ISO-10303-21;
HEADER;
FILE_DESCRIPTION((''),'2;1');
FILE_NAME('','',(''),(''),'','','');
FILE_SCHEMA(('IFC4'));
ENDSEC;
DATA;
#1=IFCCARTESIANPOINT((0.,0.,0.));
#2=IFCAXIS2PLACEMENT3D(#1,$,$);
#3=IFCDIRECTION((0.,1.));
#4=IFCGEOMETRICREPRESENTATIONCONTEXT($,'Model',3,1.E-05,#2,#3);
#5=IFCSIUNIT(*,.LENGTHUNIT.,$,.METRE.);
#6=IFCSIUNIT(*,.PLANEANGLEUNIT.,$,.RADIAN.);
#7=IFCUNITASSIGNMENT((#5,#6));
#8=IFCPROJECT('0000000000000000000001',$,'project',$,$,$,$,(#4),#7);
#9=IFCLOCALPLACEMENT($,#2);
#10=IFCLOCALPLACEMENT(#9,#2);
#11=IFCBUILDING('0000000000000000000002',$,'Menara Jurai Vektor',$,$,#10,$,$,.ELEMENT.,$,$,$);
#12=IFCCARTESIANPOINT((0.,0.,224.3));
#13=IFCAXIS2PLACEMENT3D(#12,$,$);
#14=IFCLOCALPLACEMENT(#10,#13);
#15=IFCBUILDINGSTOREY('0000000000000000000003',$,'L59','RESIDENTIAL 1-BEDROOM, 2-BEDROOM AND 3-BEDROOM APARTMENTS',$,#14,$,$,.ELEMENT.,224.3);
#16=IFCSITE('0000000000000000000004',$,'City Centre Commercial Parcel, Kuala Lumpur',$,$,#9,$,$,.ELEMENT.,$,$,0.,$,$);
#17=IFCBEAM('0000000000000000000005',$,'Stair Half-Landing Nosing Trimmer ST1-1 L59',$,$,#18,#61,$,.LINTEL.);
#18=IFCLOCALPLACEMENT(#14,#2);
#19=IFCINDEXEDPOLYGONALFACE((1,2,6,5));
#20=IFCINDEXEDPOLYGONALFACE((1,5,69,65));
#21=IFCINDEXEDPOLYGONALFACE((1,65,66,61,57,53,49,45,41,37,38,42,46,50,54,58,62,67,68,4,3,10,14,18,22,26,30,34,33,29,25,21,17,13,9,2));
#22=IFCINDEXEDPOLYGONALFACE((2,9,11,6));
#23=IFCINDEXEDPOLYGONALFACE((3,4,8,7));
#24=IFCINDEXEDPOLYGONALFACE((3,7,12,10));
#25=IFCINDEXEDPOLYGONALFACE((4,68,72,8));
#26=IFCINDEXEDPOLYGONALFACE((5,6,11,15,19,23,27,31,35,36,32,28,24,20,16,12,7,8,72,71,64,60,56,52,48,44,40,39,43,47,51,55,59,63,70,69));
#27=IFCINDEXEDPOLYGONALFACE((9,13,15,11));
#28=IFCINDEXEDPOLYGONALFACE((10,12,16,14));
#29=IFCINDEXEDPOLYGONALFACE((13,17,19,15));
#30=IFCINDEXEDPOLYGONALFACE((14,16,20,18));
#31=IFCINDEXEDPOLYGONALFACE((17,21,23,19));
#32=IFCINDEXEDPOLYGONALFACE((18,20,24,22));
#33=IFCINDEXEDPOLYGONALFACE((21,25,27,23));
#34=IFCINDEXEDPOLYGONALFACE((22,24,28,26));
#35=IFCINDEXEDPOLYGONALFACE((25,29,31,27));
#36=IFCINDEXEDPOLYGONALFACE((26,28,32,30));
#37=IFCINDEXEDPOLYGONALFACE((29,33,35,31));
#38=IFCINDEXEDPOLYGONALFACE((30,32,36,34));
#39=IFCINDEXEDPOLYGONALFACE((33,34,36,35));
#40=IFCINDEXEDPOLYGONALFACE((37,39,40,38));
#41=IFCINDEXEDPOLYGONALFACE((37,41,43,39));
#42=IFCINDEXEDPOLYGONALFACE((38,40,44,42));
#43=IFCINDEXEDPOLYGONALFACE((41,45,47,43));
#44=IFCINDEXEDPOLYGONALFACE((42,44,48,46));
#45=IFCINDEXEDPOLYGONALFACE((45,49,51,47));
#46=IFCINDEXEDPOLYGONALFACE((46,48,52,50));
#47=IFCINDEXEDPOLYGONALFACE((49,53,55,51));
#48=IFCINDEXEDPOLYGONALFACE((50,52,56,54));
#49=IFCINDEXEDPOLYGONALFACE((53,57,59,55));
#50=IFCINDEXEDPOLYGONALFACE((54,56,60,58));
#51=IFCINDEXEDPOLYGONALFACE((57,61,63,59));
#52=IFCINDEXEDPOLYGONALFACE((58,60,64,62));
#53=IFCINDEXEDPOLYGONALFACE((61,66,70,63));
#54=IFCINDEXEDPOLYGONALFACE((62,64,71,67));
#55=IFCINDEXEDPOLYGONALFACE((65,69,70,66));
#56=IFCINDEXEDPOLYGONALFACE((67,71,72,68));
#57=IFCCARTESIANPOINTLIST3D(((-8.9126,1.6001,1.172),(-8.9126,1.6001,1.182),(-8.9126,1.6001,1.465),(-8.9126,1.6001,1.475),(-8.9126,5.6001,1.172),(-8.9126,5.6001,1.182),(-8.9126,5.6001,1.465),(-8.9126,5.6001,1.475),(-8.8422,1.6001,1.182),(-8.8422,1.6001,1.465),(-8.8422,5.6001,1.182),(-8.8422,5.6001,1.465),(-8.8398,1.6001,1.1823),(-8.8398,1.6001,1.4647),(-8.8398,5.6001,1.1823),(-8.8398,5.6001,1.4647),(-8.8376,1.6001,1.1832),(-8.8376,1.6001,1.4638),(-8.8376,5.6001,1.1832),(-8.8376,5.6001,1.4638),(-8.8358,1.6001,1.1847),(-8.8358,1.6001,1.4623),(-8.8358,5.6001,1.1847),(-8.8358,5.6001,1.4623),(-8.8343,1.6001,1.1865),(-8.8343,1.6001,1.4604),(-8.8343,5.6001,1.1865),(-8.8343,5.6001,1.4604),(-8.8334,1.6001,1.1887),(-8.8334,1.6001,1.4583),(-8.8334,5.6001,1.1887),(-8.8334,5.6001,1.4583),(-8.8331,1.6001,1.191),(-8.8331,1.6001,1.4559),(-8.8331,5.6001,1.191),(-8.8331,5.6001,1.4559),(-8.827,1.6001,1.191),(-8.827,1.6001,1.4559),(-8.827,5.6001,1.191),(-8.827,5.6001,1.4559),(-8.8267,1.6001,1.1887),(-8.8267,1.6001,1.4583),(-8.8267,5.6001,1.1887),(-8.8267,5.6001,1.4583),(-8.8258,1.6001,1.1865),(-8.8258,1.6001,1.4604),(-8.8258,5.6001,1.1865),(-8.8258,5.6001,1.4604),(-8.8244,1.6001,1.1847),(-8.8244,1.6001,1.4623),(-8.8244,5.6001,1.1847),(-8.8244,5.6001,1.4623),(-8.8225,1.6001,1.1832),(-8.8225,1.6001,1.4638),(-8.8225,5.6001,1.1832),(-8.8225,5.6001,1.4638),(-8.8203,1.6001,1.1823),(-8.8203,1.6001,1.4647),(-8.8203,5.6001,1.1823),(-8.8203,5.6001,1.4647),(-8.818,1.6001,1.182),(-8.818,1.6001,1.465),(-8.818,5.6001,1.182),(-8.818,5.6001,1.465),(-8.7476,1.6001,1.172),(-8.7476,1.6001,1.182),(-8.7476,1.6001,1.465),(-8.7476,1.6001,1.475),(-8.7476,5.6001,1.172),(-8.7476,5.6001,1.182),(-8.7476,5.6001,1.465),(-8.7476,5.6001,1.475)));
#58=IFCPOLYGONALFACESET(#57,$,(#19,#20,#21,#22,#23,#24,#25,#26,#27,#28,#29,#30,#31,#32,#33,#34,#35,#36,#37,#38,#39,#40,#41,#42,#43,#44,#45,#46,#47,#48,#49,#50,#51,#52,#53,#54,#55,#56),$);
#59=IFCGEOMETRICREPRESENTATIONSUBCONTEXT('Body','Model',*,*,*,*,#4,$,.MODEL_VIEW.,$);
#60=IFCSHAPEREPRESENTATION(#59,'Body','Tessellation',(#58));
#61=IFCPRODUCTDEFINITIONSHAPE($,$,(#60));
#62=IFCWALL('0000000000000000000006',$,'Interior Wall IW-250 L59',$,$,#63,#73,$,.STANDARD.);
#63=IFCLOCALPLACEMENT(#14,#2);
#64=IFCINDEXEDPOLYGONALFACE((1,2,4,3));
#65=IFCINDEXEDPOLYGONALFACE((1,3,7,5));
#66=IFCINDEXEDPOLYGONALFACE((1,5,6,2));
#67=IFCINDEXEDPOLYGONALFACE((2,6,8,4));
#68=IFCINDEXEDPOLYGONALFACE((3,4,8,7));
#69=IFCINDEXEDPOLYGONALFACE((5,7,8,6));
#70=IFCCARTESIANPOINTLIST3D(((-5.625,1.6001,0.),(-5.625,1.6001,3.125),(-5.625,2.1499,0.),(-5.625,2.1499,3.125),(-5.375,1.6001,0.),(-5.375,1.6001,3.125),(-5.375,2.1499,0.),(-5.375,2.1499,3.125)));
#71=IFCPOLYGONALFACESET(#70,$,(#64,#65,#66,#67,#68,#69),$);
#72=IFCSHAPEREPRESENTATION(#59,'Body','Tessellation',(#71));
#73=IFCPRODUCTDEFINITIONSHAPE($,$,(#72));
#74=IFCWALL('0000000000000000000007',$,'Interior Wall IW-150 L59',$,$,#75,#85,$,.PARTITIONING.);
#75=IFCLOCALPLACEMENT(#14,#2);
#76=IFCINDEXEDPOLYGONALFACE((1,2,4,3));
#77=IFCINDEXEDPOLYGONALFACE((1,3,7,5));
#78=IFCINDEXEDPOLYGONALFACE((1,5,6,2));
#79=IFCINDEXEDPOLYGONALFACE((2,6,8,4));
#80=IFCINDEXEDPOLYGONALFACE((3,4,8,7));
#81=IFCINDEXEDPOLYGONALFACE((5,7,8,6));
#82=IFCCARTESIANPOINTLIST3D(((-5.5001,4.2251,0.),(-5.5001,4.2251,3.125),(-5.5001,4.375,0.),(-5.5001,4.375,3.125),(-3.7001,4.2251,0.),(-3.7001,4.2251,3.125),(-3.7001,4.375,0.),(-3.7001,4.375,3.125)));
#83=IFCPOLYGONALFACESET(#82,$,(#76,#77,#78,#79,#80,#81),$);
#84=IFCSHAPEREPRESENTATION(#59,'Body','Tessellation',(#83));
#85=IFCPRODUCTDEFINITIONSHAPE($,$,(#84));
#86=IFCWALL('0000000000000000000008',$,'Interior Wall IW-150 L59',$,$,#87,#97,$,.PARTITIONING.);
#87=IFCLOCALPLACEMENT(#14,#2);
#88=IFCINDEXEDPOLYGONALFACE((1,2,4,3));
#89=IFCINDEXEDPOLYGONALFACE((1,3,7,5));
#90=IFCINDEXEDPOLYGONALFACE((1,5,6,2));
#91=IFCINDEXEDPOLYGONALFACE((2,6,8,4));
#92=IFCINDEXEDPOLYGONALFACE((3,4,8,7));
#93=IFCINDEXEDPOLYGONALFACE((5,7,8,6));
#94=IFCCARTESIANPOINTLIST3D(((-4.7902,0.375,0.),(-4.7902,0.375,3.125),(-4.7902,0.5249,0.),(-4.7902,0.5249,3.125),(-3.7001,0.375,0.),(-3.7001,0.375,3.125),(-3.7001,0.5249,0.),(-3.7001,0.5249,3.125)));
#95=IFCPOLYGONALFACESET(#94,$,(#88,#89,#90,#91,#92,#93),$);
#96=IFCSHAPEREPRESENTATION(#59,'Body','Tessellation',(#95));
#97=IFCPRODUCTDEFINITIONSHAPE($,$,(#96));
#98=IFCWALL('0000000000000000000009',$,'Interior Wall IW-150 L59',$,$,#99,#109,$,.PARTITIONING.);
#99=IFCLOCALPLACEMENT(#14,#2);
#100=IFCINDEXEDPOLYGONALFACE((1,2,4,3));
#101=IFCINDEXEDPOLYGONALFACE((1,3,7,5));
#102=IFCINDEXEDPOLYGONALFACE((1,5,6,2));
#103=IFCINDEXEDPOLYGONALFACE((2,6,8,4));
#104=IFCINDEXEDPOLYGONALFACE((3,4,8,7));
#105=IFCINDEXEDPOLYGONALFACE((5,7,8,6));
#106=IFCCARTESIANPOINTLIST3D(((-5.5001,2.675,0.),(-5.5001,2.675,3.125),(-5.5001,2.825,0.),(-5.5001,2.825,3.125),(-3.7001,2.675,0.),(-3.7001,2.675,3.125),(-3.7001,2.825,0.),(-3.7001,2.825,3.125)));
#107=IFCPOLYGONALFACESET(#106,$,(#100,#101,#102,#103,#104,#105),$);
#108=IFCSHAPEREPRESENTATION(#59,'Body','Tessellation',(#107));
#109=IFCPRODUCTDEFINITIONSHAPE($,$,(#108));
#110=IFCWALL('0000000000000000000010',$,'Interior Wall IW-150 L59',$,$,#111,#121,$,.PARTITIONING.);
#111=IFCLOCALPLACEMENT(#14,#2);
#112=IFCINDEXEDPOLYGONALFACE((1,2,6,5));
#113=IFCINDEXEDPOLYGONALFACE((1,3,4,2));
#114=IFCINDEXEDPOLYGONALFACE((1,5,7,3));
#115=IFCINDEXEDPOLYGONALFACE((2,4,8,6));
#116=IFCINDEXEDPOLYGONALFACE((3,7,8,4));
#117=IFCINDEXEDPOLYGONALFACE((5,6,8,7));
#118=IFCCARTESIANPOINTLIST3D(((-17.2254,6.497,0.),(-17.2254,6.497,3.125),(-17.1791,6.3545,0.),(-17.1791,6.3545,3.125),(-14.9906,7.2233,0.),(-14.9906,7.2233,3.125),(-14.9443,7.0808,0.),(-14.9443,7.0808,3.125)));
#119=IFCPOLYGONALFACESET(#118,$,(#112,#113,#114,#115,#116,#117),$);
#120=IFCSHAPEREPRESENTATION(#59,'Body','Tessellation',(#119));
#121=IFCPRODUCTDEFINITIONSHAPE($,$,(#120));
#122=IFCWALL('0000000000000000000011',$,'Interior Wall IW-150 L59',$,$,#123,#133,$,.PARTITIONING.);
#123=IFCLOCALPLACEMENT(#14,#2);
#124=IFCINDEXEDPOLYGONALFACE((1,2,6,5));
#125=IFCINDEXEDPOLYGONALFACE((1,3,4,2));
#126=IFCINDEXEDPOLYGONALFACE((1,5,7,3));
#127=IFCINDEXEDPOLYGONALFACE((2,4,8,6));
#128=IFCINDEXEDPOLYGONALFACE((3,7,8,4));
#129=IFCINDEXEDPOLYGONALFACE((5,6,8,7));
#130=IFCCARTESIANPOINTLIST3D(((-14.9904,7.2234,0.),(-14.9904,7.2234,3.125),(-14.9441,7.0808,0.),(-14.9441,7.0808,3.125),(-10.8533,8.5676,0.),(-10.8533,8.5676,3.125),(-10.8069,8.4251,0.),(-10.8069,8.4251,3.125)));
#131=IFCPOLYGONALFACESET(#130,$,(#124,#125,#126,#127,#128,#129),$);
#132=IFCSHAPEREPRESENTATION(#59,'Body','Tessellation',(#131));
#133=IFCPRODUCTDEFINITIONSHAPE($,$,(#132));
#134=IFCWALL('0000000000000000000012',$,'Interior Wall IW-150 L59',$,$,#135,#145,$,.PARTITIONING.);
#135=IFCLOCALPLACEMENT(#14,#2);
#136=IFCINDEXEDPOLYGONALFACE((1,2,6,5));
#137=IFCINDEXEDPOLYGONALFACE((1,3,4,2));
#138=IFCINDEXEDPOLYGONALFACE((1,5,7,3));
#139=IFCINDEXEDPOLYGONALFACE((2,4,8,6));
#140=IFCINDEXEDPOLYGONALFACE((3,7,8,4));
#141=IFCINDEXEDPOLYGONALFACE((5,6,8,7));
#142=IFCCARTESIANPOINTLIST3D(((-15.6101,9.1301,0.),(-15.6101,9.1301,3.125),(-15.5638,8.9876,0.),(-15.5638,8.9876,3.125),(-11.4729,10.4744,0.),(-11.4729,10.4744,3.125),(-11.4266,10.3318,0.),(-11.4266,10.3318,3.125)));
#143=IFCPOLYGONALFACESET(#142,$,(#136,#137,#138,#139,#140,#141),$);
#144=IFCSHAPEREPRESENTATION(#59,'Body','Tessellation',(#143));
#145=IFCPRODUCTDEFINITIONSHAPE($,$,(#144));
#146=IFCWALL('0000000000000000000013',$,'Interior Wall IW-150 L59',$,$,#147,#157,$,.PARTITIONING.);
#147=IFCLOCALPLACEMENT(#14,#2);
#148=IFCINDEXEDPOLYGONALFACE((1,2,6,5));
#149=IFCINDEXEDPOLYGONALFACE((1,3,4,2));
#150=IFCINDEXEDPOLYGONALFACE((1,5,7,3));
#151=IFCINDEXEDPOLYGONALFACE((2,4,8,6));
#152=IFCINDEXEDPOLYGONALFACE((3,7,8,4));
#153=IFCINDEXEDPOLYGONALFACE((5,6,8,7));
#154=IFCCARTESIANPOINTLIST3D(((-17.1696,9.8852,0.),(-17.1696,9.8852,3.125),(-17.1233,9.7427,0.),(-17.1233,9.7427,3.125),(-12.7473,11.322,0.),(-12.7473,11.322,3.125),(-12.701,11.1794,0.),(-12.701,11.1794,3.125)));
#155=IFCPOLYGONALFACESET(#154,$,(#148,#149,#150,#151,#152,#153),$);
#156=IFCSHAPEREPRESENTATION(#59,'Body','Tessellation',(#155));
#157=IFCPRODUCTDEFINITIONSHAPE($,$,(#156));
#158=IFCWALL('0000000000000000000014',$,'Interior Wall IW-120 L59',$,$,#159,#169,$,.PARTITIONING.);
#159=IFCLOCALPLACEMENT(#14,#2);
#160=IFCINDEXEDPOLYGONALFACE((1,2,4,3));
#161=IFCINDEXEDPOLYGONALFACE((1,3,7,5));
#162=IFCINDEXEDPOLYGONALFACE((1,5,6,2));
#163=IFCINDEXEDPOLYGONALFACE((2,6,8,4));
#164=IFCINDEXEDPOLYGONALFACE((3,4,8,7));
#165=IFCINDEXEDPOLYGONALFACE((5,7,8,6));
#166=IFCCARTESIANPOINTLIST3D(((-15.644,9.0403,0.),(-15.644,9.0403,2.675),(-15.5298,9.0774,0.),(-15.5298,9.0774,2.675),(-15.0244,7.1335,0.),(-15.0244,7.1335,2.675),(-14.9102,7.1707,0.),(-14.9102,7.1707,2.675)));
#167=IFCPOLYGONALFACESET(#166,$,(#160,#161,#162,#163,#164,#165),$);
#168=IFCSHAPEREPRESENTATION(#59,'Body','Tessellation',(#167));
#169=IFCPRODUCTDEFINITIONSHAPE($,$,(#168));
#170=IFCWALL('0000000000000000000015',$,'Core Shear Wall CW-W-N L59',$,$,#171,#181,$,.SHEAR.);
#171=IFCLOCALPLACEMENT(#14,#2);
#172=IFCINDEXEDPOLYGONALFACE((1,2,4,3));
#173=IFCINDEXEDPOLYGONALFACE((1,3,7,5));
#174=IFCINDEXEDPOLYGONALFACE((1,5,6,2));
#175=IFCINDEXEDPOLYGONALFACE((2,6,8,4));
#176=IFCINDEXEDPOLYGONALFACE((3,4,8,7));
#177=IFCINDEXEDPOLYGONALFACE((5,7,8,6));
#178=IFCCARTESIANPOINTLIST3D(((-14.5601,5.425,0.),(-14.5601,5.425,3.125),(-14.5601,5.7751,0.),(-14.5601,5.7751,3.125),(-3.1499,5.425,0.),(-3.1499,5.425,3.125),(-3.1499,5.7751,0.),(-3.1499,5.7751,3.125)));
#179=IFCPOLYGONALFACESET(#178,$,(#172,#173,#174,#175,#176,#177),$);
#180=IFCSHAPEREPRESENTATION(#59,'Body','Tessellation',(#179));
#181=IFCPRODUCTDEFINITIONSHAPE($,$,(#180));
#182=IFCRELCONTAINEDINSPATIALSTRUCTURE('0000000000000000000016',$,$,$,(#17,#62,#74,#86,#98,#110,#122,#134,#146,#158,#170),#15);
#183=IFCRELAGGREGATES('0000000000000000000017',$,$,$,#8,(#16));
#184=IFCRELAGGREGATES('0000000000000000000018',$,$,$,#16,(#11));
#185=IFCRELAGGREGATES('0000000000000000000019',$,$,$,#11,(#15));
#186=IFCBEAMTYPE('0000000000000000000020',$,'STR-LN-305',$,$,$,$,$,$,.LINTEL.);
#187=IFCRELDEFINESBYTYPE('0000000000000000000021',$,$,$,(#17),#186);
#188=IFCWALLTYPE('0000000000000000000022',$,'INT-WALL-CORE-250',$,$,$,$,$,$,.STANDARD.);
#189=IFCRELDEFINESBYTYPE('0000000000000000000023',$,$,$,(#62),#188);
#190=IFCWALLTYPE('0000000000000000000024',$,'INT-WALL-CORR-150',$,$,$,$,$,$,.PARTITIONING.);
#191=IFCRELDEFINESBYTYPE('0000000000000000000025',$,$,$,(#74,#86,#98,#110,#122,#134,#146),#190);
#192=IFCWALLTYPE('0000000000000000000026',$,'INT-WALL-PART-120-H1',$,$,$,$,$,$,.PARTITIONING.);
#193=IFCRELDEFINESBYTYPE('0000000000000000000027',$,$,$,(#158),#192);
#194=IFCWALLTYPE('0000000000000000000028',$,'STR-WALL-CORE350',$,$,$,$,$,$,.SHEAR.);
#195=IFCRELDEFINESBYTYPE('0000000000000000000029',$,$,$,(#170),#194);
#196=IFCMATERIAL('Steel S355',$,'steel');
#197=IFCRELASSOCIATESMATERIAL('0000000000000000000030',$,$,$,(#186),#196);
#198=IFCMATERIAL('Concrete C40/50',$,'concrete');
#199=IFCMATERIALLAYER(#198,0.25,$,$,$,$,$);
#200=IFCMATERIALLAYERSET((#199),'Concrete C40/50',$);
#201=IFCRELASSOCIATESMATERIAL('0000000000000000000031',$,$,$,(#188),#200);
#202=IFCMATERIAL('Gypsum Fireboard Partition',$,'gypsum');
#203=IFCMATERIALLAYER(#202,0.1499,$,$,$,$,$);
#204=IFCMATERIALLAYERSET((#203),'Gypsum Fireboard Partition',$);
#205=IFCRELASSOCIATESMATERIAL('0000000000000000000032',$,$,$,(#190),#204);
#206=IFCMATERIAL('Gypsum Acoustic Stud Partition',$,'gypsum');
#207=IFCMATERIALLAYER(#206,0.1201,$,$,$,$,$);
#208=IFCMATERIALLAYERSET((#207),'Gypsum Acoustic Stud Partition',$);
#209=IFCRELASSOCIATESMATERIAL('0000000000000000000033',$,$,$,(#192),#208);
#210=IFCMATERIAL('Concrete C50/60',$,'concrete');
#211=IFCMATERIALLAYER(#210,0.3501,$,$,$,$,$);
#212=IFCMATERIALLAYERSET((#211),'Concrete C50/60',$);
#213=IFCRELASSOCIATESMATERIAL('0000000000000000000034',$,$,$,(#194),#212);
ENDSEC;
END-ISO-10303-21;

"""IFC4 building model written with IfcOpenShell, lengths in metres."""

from ifc_helpers import new_model, si_unit, direction, frame, frame_2d, origin, origin_2d, place, context, subcontext, project, spatial, rectangle, i_section, extrude, material, layer, layer_set, material_profile, profile_set, type_object, element, save


model = new_model("IFC4")

# Units and contexts
model_context = context("Model", 3, precision=1e-05, world=origin(), true_north=direction((0.0, 1.0)))
body_context = subcontext(model_context, "Body", "Model", "MODEL_VIEW")
ifc_project = project(units=[si_unit("LENGTHUNIT", "METRE"), si_unit("PLANEANGLEUNIT", "RADIAN")], contexts=[model_context])

# Site, building, storey
site_placement = place(None, origin())
site = spatial("IfcSite", under=ifc_project, at=site_placement, Name="City Centre Commercial Parcel, Kuala Lumpur", CompositionType="ELEMENT", RefElevation=0.0)
building_placement = place(site_placement, origin())
building = spatial("IfcBuilding", under=site, at=building_placement, Name="Menara Jurai Vektor", CompositionType="ELEMENT")
storey_placement = place(building_placement, frame((0.0, 0.0, 224.3)))
storey = spatial("IfcBuildingStorey", under=building, at=storey_placement, Name="L59", Description="RESIDENTIAL 1-BEDROOM, 2-BEDROOM AND 3-BEDROOM APARTMENTS", CompositionType="ELEMENT", Elevation=224.3)

# Shared definitions
ifc_material_1 = material(Name="Concrete C50/60", Category="concrete")
ifc_material_2 = material(Name="Steel S355", Category="steel")

# Beam
ifc_material_profile_1 = material_profile(ifc_material_2, i_section(OverallWidth=0.165, OverallDepth=0.303, WebThickness=0.0061, FlangeThickness=0.01, FilletRadius=0.009, at=origin_2d()), Name="UKB 305x165x40")
ifc_profile_set_1 = profile_set([ifc_material_profile_1], Name="Steel S355")
beam_type_1 = type_object("IfcBeamType", Name="STR-LN-305", PredefinedType="LINTEL", material=ifc_profile_set_1)
beam_1_placement = place(storey_placement, frame((-8.8301, 1.6001, 1.3235), z_axis=(0.0, 1.0, 0.0), x_axis=(-1.0, 0.0, 0.0)))
element("IfcBeam", 1, at=beam_1_placement, inside=storey, type_object=beam_type_1, Name="Stair Half-Landing Nosing Trimmer ST1-1 L59", PredefinedType="LINTEL", context=body_context, shape_type="SweptSolid", body=[
    extrude(i_section(OverallWidth=0.165, OverallDepth=0.303, WebThickness=0.0061, FlangeThickness=0.01, FilletRadius=0.009, at=origin_2d()), origin(), (0.0, 0.0, 1.0), 4.0),
])

# Shared definitions
ifc_material_3 = material(Name="Concrete C40/50", Category="concrete")
ifc_layer_1 = layer(ifc_material_3, 0.25)
ifc_layer_set_1 = layer_set([ifc_layer_1], Name="Concrete C40/50")
wall_type_1 = type_object("IfcWallType", Name="INT-WALL-CORE-250", PredefinedType="STANDARD", material=ifc_layer_set_1)

# Walls
wall_1_placement = place(storey_placement, frame((-5.5, 1.6001, 0.0), z_axis=(0.0, 0.0, 1.0), x_axis=(0.0, 1.0, 0.0)))
element("IfcWall", 2, at=wall_1_placement, inside=storey, type_object=wall_type_1, Name="Interior Wall IW-250 L59", PredefinedType="STANDARD", context=body_context, shape_type="SweptSolid", body=[
    extrude(rectangle(XDim=0.5498, YDim=0.25, at=frame_2d((0.2749, 0.0))), origin(), (0.0, 0.0, 1.0), 3.125),
])
ifc_material_4 = material(Name="Gypsum Fireboard Partition", Category="gypsum")
ifc_layer_2 = layer(ifc_material_4, 0.1499)
ifc_layer_set_2 = layer_set([ifc_layer_2], Name="Gypsum Fireboard Partition")
wall_type_2 = type_object("IfcWallType", Name="INT-WALL-CORR-150", PredefinedType="PARTITIONING", material=ifc_layer_set_2)
wall_2_placement = place(storey_placement, frame((-5.5, 4.3, 0.0), z_axis=(0.0, 0.0, 1.0), x_axis=(1.0, 0.0, 0.0)))
element("IfcWall", 3, at=wall_2_placement, inside=storey, type_object=wall_type_2, Name="Interior Wall IW-150 L59", PredefinedType="PARTITIONING", context=body_context, shape_type="SweptSolid", body=[
    extrude(rectangle(XDim=1.8, YDim=0.1499, at=frame_2d((0.8999, 0.0))), origin(), (0.0, 0.0, 1.0), 3.125),
])
wall_3_placement = place(storey_placement, frame((-4.79, 0.45, 0.0), z_axis=(0.0, 0.0, 1.0), x_axis=(1.0, 0.0, 0.0)))
element("IfcWall", 4, at=wall_3_placement, inside=storey, type_object=wall_type_2, Name="Interior Wall IW-150 L59", PredefinedType="PARTITIONING", context=body_context, shape_type="SweptSolid", body=[
    extrude(rectangle(XDim=1.0901, YDim=0.1499, at=frame_2d((0.5449, 0.0))), origin(), (0.0, 0.0, 1.0), 3.125),
])
wall_4_placement = place(storey_placement, frame((-5.5, 2.75, 0.0), z_axis=(0.0, 0.0, 1.0), x_axis=(1.0, 0.0, 0.0)))
element("IfcWall", 5, at=wall_4_placement, inside=storey, type_object=wall_type_2, Name="Interior Wall IW-150 L59", PredefinedType="PARTITIONING", context=body_context, shape_type="SweptSolid", body=[
    extrude(rectangle(XDim=1.8, YDim=0.1499, at=frame_2d((0.8999, 0.0))), origin(), (0.0, 0.0, 1.0), 3.125),
])

# Walls
wall_5_placement = place(storey_placement, frame((-17.2021, 6.4258, 0.0), z_axis=(0.0, 0.0, 1.0), x_axis=(0.951036, 0.309081, 0.0)))
element("IfcWall", 6, at=wall_5_placement, inside=storey, type_object=wall_type_2, Name="Interior Wall IW-150 L59", PredefinedType="PARTITIONING", context=body_context, shape_type="SweptSolid", body=[
    extrude(rectangle(XDim=2.3499, YDim=0.1499, at=frame_2d((1.1748, 0.0))), origin(), (0.0, 0.0, 1.0), 3.125),
])
wall_6_placement = place(storey_placement, frame((-14.9673, 7.1521, 0.0), z_axis=(0.0, 0.0, 1.0), x_axis=(0.951058, 0.309012, 0.0)))
element("IfcWall", 7, at=wall_6_placement, inside=storey, type_object=wall_type_2, Name="Interior Wall IW-150 L59", PredefinedType="PARTITIONING", context=body_context, shape_type="SweptSolid", body=[
    extrude(rectangle(XDim=4.3501, YDim=0.1499, at=frame_2d((2.175, 0.0))), origin(), (0.0, 0.0, 1.0), 3.125),
])

# Wall
wall_7_placement = place(storey_placement, frame((-15.5869, 9.0588, 0.0), z_axis=(0.0, 0.0, 1.0), x_axis=(0.951058, 0.309012, 0.0)))
element("IfcWall", 8, at=wall_7_placement, inside=storey, type_object=wall_type_2, Name="Interior Wall IW-150 L59", PredefinedType="PARTITIONING", context=body_context, shape_type="SweptSolid", body=[
    extrude(rectangle(XDim=4.3501, YDim=0.1499, at=frame_2d((2.175, 0.0))), origin(), (0.0, 0.0, 1.0), 3.125),
])

# Walls
wall_8_placement = place(storey_placement, frame((-17.1465, 9.814, 0.0), z_axis=(0.0, 0.0, 1.0), x_axis=(0.951066, 0.308989, 0.0)))
element("IfcWall", 9, at=wall_8_placement, inside=storey, type_object=wall_type_2, Name="Interior Wall IW-150 L59", PredefinedType="PARTITIONING", context=body_context, shape_type="SweptSolid", body=[
    extrude(rectangle(XDim=4.6499, YDim=0.1499, at=frame_2d((2.325, 0.0))), origin(), (0.0, 0.0, 1.0), 3.125),
])
ifc_material_5 = material(Name="Gypsum Acoustic Stud Partition", Category="gypsum")
ifc_layer_3 = layer(ifc_material_5, 0.1201)
ifc_layer_set_3 = layer_set([ifc_layer_3], Name="Gypsum Acoustic Stud Partition")
wall_type_3 = type_object("IfcWallType", Name="INT-WALL-PART-120-H1", PredefinedType="PARTITIONING", material=ifc_layer_set_3)
wall_9_placement = place(storey_placement, frame((-14.9673, 7.1521, 0.0), z_axis=(0.0, 0.0, 1.0), x_axis=(-0.309059, 0.951043, 0.0)))
element("IfcWall", 10, at=wall_9_placement, inside=storey, type_object=wall_type_3, Name="Interior Wall IW-120 L59", PredefinedType="PARTITIONING", context=body_context, shape_type="SweptSolid", body=[
    extrude(rectangle(XDim=2.0049, YDim=0.1201, at=frame_2d((1.0024, 0.0))), origin(), (0.0, 0.0, 1.0), 2.675),
])
ifc_layer_4 = layer(ifc_material_1, 0.3501)
ifc_layer_set_4 = layer_set([ifc_layer_4], Name="Concrete C50/60")
wall_type_4 = type_object("IfcWallType", Name="STR-WALL-CORE350", PredefinedType="SHEAR", material=ifc_layer_set_4)
wall_10_placement = place(storey_placement, frame((-14.5601, 5.6001, 0.0), z_axis=(0.0, 0.0, 1.0), x_axis=(1.0, 0.0, 0.0)))
element("IfcWall", 11, at=wall_10_placement, inside=storey, type_object=wall_type_4, Name="Core Shear Wall CW-W-N L59", PredefinedType="SHEAR", context=body_context, shape_type="SweptSolid", body=[
    extrude(rectangle(XDim=11.4102, YDim=0.3501, at=frame_2d((5.7051, 0.0))), origin(), (0.0, 0.0, 1.0), 3.125),
])

save(model, "model.ifc")
